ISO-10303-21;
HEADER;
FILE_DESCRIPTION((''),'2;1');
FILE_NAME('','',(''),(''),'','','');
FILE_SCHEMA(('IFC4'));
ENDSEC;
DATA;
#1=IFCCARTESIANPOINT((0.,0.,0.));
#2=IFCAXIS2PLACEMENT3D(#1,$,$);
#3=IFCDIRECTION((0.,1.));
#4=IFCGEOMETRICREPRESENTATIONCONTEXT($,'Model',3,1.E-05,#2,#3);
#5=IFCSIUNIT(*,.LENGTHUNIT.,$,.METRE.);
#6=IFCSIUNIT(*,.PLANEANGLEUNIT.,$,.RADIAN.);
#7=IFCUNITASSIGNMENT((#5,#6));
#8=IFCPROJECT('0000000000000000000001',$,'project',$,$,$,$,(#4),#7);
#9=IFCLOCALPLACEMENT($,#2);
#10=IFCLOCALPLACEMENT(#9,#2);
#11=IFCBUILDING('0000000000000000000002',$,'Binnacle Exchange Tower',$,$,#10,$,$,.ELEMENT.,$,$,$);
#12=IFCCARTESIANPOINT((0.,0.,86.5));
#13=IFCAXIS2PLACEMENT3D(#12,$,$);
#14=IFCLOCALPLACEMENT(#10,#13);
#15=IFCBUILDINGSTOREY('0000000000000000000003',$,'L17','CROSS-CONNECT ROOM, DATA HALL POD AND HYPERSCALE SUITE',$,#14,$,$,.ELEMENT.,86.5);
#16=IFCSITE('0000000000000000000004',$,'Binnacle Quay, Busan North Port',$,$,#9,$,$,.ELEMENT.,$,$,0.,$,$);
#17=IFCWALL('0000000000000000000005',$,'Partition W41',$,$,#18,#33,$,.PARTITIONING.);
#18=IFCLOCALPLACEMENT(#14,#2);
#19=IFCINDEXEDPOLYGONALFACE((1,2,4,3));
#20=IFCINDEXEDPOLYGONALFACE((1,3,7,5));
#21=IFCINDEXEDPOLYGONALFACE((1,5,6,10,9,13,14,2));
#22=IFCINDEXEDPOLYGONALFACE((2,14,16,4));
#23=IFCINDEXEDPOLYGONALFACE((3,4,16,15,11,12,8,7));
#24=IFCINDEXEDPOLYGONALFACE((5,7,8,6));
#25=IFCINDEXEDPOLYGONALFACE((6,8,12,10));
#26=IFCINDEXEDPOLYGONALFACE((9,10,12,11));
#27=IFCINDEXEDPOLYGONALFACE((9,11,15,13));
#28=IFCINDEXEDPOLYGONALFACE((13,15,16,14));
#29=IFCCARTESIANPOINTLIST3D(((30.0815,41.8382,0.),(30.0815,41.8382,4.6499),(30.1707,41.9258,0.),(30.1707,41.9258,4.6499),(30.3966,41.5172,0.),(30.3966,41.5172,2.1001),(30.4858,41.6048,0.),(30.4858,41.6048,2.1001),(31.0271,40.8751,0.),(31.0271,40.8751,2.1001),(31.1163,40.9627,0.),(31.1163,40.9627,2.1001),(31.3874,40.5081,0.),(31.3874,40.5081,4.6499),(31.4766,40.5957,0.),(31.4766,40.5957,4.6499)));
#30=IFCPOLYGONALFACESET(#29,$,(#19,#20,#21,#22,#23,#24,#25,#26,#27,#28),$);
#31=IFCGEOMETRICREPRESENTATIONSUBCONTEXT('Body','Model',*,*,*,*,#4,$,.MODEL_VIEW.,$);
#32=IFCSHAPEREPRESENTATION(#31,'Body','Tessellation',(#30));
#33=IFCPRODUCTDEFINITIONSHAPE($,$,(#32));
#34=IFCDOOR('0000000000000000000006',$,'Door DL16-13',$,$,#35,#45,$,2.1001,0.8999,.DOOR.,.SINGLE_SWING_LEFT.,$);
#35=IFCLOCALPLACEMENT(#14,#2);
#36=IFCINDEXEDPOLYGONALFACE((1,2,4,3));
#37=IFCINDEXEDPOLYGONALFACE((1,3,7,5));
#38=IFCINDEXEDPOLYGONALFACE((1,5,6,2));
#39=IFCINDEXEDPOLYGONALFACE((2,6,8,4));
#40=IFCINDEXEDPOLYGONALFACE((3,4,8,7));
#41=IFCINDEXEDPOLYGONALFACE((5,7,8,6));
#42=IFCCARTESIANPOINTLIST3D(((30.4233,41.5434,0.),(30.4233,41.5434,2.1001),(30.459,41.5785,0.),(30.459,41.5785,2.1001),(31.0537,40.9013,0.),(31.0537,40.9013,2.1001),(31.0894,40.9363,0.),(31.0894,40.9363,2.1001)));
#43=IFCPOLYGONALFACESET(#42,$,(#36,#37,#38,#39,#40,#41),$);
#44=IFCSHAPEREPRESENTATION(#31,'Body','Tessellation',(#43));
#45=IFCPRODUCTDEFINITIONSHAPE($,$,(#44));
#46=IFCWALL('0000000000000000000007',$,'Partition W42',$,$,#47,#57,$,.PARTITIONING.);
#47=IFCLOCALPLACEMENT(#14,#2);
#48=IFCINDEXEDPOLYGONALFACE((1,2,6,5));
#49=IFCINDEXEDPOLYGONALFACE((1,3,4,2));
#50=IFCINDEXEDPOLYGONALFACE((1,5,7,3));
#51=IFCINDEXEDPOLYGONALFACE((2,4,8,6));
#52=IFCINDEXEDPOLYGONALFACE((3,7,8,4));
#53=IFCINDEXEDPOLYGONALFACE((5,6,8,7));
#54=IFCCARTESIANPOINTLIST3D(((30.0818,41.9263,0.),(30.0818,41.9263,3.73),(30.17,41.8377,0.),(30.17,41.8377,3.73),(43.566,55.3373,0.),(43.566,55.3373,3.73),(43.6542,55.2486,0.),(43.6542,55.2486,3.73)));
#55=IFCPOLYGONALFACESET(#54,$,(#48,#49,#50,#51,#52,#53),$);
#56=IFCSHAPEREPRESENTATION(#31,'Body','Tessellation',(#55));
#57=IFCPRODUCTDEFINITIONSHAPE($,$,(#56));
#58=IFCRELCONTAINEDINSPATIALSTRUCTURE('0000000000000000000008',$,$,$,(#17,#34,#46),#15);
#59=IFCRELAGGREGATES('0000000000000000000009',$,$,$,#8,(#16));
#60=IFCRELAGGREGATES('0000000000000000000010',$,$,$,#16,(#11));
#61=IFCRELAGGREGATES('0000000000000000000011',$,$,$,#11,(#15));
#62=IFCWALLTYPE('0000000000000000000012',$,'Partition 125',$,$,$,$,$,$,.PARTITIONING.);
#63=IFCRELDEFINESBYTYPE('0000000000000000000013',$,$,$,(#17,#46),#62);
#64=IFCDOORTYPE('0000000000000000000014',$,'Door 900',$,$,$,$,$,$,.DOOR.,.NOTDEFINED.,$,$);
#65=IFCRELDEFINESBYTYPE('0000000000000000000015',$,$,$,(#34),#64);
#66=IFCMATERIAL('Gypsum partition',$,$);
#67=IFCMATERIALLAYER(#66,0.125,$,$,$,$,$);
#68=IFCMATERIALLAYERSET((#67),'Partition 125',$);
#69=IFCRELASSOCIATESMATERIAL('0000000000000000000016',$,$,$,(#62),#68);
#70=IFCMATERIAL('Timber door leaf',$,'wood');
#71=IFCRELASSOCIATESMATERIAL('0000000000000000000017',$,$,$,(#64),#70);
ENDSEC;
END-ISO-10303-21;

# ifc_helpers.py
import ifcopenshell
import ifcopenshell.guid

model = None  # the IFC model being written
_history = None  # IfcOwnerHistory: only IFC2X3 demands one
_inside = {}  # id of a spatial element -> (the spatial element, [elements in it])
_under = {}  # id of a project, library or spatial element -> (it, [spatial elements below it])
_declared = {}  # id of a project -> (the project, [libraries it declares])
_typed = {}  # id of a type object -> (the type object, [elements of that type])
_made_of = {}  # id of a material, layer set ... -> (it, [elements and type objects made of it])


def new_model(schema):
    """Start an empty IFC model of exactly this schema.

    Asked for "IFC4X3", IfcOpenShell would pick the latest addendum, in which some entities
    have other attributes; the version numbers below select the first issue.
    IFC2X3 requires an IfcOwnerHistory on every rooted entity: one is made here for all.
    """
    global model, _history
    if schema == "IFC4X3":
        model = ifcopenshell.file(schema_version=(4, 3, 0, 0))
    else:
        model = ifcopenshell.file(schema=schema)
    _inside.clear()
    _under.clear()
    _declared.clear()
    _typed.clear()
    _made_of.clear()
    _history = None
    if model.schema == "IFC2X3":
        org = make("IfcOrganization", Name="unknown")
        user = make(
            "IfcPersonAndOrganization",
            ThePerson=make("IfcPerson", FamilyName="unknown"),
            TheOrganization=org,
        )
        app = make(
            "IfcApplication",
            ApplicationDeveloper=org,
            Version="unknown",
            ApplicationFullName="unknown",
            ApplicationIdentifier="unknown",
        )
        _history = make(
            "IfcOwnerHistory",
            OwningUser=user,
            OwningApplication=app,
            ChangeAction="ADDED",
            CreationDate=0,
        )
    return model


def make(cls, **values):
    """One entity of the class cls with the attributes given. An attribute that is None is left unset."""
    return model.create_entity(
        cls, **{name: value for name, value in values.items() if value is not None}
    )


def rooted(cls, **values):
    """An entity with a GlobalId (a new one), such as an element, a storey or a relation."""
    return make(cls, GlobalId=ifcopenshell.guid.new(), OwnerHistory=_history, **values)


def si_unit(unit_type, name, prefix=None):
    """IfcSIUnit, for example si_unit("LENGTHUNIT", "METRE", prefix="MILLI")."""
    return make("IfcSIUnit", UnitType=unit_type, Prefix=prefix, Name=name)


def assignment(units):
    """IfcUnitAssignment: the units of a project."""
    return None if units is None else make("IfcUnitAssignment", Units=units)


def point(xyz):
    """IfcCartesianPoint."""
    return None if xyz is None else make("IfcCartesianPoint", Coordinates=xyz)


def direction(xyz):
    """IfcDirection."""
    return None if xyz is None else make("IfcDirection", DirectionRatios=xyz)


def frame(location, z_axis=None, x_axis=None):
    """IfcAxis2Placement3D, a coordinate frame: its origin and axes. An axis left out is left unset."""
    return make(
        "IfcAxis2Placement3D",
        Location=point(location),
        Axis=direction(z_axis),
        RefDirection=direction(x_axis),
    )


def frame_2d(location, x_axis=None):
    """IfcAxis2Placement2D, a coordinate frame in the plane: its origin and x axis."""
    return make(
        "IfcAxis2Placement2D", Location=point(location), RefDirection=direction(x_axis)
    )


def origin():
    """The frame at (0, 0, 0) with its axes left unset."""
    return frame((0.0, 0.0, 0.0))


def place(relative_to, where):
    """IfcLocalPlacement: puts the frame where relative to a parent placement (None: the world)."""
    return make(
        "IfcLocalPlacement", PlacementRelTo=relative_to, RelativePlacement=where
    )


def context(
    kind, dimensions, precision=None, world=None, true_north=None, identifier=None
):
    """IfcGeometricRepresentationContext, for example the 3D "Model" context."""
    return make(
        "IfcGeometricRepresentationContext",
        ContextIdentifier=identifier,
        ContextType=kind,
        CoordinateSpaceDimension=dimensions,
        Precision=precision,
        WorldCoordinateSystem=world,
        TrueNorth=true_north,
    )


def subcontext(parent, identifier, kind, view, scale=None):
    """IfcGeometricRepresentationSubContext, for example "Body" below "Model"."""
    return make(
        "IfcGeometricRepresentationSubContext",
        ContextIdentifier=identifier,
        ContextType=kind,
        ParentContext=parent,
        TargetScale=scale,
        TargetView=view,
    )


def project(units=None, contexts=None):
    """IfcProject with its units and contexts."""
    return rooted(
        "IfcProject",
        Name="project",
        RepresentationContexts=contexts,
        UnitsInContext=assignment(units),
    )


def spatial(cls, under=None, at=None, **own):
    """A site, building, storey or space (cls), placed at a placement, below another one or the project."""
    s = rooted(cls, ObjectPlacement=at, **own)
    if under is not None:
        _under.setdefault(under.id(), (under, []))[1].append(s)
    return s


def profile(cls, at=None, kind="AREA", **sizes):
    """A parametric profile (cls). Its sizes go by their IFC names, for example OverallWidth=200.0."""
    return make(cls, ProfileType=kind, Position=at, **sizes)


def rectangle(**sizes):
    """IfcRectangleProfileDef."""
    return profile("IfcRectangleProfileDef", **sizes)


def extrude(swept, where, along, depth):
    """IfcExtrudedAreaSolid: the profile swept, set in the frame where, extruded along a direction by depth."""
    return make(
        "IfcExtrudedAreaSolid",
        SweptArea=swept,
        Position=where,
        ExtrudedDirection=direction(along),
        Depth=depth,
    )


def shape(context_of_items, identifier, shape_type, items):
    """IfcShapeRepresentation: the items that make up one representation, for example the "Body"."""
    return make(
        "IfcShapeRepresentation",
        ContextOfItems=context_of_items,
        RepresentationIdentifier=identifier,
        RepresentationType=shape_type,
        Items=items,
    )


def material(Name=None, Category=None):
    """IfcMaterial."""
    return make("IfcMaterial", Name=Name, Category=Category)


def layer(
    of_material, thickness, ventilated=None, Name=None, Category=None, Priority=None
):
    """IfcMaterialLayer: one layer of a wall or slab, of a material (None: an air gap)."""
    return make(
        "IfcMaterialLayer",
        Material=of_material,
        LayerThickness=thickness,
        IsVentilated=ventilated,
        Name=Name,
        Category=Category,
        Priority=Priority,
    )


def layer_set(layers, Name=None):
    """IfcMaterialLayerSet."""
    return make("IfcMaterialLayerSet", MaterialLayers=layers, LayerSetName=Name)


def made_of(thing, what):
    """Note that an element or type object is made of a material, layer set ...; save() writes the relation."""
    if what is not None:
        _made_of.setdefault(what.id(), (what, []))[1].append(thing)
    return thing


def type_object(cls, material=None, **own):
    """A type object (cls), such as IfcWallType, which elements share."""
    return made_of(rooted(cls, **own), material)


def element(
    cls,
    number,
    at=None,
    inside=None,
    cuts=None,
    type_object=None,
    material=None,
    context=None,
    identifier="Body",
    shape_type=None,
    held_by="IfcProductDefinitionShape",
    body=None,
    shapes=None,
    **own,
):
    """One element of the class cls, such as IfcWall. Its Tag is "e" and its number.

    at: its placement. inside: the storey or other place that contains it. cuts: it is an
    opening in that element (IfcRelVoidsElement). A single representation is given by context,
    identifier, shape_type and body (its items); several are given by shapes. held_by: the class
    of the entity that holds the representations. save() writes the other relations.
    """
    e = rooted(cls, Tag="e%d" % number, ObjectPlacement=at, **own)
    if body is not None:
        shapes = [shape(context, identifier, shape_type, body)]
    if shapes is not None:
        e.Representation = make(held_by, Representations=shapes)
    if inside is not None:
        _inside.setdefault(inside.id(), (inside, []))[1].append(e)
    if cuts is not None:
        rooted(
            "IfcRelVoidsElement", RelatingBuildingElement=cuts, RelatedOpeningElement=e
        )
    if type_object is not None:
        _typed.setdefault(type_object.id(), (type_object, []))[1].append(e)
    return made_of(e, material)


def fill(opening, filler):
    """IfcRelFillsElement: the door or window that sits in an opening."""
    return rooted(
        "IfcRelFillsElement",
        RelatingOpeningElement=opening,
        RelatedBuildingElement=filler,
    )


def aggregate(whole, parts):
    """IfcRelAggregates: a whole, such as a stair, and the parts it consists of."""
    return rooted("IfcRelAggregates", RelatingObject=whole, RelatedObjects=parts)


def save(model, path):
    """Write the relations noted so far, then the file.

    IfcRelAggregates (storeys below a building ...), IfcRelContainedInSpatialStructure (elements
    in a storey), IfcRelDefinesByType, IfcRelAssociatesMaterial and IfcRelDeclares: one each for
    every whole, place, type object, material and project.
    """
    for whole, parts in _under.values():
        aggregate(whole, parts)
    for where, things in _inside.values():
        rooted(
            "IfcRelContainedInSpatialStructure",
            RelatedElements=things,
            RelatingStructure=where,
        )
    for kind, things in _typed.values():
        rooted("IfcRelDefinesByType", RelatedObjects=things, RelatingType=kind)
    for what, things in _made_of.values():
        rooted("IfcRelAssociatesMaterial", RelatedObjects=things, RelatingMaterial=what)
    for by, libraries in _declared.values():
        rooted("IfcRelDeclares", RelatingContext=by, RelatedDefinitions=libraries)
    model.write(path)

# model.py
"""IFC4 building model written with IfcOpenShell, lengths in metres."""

from ifc_helpers import new_model, si_unit, direction, frame, frame_2d, origin, place, context, subcontext, project, spatial, rectangle, extrude, material, layer, layer_set, type_object, element, fill, save


model = new_model("IFC4")

# Units and contexts
model_context = context("Model", 3, precision=1e-05, world=origin(), true_north=direction((0.0, 1.0)))
body_context = subcontext(model_context, "Body", "Model", "MODEL_VIEW")
ifc_project = project(units=[si_unit("LENGTHUNIT", "METRE"), si_unit("PLANEANGLEUNIT", "RADIAN")], contexts=[model_context])

# Site, building, storey
site_placement = place(None, origin())
site = spatial("IfcSite", under=ifc_project, at=site_placement, Name="Binnacle Quay, Busan North Port", CompositionType="ELEMENT", RefElevation=0.0)
building_placement = place(site_placement, origin())
building = spatial("IfcBuilding", under=site, at=building_placement, Name="Binnacle Exchange Tower", CompositionType="ELEMENT")
storey_placement = place(building_placement, frame((0.0, 0.0, 86.5)))
storey = spatial("IfcBuildingStorey", under=building, at=storey_placement, Name="L17", Description="CROSS-CONNECT ROOM, DATA HALL POD AND HYPERSCALE SUITE", CompositionType="ELEMENT", Elevation=86.5)

# Shared definitions
ifc_material_1 = material(Name="Gypsum partition")
ifc_layer_1 = layer(ifc_material_1, 0.125)
ifc_layer_set_1 = layer_set([ifc_layer_1], Name="Partition 125")
wall_type_1 = type_object("IfcWallType", Name="Partition 125", PredefinedType="PARTITIONING", material=ifc_layer_set_1)

# Wall, opening, door
ifc_material_2 = material(Name="Timber door leaf", Category="wood")
door_type_1 = type_object("IfcDoorType", Name="Door 900", OperationType="NOTDEFINED", PredefinedType="DOOR", material=ifc_material_2)
wall_1_placement = place(storey_placement, frame((30.126, 41.8821, 0.0), z_axis=(0.0, 0.0, 1.0), x_axis=(0.700594, -0.71356, 0.0)))
wall_1 = element("IfcWall", 1, at=wall_1_placement, inside=storey, type_object=wall_type_1, Name="Partition W41", PredefinedType="PARTITIONING", context=body_context, shape_type="SweptSolid", body=[
    extrude(rectangle(XDim=1.864, YDim=0.125, at=frame_2d((0.9321, 0.0))), origin(), (0.0, 0.0, 1.0), 4.6499),
])
opening_1_placement = place(wall_1_placement, frame((0.45, 0.0, 0.0)))
opening_1 = element("IfcOpeningElement", 2, at=opening_1_placement, cuts=wall_1, PredefinedType="OPENING", context=body_context, shape_type="SweptSolid", body=[
    extrude(rectangle(XDim=0.8999, YDim=2.1001, at=frame_2d((0.45, 1.05))), frame((0.0, 0.0725, 0.0), z_axis=(0.0, -1.0, 0.0), x_axis=(1.0, 0.0, 0.0)), (0.0, 0.0, 1.0), 0.145),
])
door_1_placement = place(opening_1_placement, origin())
door_1 = element("IfcDoor", 3, at=door_1_placement, inside=storey, type_object=door_type_1, Name="Door DL16-13", OperationType="SINGLE_SWING_LEFT", OverallHeight=2.1001, OverallWidth=0.8999, PredefinedType="DOOR", context=body_context, shape_type="SweptSolid", body=[
    extrude(rectangle(XDim=0.8999, YDim=2.1001, at=frame_2d((0.45, 1.05))), frame((0.0, 0.0249, 0.0), z_axis=(0.0, -1.0, 0.0), x_axis=(1.0, 0.0, 0.0)), (0.0, 0.0, 1.0), 0.05),
])
fill(opening_1, door_1)

# Wall
wall_2_placement = place(storey_placement, frame((30.126, 41.8821, 0.0), z_axis=(0.0, 0.0, 1.0), x_axis=(0.70903, 0.705179, 0.0)))
element("IfcWall", 4, at=wall_2_placement, inside=storey, type_object=wall_type_1, Name="Partition W42", PredefinedType="PARTITIONING", context=body_context, shape_type="SweptSolid", body=[
    extrude(rectangle(XDim=19.0178, YDim=0.125, at=frame_2d((9.5088, 0.0))), origin(), (0.0, 0.0, 1.0), 3.73),
])

save(model, "model.ifc")
